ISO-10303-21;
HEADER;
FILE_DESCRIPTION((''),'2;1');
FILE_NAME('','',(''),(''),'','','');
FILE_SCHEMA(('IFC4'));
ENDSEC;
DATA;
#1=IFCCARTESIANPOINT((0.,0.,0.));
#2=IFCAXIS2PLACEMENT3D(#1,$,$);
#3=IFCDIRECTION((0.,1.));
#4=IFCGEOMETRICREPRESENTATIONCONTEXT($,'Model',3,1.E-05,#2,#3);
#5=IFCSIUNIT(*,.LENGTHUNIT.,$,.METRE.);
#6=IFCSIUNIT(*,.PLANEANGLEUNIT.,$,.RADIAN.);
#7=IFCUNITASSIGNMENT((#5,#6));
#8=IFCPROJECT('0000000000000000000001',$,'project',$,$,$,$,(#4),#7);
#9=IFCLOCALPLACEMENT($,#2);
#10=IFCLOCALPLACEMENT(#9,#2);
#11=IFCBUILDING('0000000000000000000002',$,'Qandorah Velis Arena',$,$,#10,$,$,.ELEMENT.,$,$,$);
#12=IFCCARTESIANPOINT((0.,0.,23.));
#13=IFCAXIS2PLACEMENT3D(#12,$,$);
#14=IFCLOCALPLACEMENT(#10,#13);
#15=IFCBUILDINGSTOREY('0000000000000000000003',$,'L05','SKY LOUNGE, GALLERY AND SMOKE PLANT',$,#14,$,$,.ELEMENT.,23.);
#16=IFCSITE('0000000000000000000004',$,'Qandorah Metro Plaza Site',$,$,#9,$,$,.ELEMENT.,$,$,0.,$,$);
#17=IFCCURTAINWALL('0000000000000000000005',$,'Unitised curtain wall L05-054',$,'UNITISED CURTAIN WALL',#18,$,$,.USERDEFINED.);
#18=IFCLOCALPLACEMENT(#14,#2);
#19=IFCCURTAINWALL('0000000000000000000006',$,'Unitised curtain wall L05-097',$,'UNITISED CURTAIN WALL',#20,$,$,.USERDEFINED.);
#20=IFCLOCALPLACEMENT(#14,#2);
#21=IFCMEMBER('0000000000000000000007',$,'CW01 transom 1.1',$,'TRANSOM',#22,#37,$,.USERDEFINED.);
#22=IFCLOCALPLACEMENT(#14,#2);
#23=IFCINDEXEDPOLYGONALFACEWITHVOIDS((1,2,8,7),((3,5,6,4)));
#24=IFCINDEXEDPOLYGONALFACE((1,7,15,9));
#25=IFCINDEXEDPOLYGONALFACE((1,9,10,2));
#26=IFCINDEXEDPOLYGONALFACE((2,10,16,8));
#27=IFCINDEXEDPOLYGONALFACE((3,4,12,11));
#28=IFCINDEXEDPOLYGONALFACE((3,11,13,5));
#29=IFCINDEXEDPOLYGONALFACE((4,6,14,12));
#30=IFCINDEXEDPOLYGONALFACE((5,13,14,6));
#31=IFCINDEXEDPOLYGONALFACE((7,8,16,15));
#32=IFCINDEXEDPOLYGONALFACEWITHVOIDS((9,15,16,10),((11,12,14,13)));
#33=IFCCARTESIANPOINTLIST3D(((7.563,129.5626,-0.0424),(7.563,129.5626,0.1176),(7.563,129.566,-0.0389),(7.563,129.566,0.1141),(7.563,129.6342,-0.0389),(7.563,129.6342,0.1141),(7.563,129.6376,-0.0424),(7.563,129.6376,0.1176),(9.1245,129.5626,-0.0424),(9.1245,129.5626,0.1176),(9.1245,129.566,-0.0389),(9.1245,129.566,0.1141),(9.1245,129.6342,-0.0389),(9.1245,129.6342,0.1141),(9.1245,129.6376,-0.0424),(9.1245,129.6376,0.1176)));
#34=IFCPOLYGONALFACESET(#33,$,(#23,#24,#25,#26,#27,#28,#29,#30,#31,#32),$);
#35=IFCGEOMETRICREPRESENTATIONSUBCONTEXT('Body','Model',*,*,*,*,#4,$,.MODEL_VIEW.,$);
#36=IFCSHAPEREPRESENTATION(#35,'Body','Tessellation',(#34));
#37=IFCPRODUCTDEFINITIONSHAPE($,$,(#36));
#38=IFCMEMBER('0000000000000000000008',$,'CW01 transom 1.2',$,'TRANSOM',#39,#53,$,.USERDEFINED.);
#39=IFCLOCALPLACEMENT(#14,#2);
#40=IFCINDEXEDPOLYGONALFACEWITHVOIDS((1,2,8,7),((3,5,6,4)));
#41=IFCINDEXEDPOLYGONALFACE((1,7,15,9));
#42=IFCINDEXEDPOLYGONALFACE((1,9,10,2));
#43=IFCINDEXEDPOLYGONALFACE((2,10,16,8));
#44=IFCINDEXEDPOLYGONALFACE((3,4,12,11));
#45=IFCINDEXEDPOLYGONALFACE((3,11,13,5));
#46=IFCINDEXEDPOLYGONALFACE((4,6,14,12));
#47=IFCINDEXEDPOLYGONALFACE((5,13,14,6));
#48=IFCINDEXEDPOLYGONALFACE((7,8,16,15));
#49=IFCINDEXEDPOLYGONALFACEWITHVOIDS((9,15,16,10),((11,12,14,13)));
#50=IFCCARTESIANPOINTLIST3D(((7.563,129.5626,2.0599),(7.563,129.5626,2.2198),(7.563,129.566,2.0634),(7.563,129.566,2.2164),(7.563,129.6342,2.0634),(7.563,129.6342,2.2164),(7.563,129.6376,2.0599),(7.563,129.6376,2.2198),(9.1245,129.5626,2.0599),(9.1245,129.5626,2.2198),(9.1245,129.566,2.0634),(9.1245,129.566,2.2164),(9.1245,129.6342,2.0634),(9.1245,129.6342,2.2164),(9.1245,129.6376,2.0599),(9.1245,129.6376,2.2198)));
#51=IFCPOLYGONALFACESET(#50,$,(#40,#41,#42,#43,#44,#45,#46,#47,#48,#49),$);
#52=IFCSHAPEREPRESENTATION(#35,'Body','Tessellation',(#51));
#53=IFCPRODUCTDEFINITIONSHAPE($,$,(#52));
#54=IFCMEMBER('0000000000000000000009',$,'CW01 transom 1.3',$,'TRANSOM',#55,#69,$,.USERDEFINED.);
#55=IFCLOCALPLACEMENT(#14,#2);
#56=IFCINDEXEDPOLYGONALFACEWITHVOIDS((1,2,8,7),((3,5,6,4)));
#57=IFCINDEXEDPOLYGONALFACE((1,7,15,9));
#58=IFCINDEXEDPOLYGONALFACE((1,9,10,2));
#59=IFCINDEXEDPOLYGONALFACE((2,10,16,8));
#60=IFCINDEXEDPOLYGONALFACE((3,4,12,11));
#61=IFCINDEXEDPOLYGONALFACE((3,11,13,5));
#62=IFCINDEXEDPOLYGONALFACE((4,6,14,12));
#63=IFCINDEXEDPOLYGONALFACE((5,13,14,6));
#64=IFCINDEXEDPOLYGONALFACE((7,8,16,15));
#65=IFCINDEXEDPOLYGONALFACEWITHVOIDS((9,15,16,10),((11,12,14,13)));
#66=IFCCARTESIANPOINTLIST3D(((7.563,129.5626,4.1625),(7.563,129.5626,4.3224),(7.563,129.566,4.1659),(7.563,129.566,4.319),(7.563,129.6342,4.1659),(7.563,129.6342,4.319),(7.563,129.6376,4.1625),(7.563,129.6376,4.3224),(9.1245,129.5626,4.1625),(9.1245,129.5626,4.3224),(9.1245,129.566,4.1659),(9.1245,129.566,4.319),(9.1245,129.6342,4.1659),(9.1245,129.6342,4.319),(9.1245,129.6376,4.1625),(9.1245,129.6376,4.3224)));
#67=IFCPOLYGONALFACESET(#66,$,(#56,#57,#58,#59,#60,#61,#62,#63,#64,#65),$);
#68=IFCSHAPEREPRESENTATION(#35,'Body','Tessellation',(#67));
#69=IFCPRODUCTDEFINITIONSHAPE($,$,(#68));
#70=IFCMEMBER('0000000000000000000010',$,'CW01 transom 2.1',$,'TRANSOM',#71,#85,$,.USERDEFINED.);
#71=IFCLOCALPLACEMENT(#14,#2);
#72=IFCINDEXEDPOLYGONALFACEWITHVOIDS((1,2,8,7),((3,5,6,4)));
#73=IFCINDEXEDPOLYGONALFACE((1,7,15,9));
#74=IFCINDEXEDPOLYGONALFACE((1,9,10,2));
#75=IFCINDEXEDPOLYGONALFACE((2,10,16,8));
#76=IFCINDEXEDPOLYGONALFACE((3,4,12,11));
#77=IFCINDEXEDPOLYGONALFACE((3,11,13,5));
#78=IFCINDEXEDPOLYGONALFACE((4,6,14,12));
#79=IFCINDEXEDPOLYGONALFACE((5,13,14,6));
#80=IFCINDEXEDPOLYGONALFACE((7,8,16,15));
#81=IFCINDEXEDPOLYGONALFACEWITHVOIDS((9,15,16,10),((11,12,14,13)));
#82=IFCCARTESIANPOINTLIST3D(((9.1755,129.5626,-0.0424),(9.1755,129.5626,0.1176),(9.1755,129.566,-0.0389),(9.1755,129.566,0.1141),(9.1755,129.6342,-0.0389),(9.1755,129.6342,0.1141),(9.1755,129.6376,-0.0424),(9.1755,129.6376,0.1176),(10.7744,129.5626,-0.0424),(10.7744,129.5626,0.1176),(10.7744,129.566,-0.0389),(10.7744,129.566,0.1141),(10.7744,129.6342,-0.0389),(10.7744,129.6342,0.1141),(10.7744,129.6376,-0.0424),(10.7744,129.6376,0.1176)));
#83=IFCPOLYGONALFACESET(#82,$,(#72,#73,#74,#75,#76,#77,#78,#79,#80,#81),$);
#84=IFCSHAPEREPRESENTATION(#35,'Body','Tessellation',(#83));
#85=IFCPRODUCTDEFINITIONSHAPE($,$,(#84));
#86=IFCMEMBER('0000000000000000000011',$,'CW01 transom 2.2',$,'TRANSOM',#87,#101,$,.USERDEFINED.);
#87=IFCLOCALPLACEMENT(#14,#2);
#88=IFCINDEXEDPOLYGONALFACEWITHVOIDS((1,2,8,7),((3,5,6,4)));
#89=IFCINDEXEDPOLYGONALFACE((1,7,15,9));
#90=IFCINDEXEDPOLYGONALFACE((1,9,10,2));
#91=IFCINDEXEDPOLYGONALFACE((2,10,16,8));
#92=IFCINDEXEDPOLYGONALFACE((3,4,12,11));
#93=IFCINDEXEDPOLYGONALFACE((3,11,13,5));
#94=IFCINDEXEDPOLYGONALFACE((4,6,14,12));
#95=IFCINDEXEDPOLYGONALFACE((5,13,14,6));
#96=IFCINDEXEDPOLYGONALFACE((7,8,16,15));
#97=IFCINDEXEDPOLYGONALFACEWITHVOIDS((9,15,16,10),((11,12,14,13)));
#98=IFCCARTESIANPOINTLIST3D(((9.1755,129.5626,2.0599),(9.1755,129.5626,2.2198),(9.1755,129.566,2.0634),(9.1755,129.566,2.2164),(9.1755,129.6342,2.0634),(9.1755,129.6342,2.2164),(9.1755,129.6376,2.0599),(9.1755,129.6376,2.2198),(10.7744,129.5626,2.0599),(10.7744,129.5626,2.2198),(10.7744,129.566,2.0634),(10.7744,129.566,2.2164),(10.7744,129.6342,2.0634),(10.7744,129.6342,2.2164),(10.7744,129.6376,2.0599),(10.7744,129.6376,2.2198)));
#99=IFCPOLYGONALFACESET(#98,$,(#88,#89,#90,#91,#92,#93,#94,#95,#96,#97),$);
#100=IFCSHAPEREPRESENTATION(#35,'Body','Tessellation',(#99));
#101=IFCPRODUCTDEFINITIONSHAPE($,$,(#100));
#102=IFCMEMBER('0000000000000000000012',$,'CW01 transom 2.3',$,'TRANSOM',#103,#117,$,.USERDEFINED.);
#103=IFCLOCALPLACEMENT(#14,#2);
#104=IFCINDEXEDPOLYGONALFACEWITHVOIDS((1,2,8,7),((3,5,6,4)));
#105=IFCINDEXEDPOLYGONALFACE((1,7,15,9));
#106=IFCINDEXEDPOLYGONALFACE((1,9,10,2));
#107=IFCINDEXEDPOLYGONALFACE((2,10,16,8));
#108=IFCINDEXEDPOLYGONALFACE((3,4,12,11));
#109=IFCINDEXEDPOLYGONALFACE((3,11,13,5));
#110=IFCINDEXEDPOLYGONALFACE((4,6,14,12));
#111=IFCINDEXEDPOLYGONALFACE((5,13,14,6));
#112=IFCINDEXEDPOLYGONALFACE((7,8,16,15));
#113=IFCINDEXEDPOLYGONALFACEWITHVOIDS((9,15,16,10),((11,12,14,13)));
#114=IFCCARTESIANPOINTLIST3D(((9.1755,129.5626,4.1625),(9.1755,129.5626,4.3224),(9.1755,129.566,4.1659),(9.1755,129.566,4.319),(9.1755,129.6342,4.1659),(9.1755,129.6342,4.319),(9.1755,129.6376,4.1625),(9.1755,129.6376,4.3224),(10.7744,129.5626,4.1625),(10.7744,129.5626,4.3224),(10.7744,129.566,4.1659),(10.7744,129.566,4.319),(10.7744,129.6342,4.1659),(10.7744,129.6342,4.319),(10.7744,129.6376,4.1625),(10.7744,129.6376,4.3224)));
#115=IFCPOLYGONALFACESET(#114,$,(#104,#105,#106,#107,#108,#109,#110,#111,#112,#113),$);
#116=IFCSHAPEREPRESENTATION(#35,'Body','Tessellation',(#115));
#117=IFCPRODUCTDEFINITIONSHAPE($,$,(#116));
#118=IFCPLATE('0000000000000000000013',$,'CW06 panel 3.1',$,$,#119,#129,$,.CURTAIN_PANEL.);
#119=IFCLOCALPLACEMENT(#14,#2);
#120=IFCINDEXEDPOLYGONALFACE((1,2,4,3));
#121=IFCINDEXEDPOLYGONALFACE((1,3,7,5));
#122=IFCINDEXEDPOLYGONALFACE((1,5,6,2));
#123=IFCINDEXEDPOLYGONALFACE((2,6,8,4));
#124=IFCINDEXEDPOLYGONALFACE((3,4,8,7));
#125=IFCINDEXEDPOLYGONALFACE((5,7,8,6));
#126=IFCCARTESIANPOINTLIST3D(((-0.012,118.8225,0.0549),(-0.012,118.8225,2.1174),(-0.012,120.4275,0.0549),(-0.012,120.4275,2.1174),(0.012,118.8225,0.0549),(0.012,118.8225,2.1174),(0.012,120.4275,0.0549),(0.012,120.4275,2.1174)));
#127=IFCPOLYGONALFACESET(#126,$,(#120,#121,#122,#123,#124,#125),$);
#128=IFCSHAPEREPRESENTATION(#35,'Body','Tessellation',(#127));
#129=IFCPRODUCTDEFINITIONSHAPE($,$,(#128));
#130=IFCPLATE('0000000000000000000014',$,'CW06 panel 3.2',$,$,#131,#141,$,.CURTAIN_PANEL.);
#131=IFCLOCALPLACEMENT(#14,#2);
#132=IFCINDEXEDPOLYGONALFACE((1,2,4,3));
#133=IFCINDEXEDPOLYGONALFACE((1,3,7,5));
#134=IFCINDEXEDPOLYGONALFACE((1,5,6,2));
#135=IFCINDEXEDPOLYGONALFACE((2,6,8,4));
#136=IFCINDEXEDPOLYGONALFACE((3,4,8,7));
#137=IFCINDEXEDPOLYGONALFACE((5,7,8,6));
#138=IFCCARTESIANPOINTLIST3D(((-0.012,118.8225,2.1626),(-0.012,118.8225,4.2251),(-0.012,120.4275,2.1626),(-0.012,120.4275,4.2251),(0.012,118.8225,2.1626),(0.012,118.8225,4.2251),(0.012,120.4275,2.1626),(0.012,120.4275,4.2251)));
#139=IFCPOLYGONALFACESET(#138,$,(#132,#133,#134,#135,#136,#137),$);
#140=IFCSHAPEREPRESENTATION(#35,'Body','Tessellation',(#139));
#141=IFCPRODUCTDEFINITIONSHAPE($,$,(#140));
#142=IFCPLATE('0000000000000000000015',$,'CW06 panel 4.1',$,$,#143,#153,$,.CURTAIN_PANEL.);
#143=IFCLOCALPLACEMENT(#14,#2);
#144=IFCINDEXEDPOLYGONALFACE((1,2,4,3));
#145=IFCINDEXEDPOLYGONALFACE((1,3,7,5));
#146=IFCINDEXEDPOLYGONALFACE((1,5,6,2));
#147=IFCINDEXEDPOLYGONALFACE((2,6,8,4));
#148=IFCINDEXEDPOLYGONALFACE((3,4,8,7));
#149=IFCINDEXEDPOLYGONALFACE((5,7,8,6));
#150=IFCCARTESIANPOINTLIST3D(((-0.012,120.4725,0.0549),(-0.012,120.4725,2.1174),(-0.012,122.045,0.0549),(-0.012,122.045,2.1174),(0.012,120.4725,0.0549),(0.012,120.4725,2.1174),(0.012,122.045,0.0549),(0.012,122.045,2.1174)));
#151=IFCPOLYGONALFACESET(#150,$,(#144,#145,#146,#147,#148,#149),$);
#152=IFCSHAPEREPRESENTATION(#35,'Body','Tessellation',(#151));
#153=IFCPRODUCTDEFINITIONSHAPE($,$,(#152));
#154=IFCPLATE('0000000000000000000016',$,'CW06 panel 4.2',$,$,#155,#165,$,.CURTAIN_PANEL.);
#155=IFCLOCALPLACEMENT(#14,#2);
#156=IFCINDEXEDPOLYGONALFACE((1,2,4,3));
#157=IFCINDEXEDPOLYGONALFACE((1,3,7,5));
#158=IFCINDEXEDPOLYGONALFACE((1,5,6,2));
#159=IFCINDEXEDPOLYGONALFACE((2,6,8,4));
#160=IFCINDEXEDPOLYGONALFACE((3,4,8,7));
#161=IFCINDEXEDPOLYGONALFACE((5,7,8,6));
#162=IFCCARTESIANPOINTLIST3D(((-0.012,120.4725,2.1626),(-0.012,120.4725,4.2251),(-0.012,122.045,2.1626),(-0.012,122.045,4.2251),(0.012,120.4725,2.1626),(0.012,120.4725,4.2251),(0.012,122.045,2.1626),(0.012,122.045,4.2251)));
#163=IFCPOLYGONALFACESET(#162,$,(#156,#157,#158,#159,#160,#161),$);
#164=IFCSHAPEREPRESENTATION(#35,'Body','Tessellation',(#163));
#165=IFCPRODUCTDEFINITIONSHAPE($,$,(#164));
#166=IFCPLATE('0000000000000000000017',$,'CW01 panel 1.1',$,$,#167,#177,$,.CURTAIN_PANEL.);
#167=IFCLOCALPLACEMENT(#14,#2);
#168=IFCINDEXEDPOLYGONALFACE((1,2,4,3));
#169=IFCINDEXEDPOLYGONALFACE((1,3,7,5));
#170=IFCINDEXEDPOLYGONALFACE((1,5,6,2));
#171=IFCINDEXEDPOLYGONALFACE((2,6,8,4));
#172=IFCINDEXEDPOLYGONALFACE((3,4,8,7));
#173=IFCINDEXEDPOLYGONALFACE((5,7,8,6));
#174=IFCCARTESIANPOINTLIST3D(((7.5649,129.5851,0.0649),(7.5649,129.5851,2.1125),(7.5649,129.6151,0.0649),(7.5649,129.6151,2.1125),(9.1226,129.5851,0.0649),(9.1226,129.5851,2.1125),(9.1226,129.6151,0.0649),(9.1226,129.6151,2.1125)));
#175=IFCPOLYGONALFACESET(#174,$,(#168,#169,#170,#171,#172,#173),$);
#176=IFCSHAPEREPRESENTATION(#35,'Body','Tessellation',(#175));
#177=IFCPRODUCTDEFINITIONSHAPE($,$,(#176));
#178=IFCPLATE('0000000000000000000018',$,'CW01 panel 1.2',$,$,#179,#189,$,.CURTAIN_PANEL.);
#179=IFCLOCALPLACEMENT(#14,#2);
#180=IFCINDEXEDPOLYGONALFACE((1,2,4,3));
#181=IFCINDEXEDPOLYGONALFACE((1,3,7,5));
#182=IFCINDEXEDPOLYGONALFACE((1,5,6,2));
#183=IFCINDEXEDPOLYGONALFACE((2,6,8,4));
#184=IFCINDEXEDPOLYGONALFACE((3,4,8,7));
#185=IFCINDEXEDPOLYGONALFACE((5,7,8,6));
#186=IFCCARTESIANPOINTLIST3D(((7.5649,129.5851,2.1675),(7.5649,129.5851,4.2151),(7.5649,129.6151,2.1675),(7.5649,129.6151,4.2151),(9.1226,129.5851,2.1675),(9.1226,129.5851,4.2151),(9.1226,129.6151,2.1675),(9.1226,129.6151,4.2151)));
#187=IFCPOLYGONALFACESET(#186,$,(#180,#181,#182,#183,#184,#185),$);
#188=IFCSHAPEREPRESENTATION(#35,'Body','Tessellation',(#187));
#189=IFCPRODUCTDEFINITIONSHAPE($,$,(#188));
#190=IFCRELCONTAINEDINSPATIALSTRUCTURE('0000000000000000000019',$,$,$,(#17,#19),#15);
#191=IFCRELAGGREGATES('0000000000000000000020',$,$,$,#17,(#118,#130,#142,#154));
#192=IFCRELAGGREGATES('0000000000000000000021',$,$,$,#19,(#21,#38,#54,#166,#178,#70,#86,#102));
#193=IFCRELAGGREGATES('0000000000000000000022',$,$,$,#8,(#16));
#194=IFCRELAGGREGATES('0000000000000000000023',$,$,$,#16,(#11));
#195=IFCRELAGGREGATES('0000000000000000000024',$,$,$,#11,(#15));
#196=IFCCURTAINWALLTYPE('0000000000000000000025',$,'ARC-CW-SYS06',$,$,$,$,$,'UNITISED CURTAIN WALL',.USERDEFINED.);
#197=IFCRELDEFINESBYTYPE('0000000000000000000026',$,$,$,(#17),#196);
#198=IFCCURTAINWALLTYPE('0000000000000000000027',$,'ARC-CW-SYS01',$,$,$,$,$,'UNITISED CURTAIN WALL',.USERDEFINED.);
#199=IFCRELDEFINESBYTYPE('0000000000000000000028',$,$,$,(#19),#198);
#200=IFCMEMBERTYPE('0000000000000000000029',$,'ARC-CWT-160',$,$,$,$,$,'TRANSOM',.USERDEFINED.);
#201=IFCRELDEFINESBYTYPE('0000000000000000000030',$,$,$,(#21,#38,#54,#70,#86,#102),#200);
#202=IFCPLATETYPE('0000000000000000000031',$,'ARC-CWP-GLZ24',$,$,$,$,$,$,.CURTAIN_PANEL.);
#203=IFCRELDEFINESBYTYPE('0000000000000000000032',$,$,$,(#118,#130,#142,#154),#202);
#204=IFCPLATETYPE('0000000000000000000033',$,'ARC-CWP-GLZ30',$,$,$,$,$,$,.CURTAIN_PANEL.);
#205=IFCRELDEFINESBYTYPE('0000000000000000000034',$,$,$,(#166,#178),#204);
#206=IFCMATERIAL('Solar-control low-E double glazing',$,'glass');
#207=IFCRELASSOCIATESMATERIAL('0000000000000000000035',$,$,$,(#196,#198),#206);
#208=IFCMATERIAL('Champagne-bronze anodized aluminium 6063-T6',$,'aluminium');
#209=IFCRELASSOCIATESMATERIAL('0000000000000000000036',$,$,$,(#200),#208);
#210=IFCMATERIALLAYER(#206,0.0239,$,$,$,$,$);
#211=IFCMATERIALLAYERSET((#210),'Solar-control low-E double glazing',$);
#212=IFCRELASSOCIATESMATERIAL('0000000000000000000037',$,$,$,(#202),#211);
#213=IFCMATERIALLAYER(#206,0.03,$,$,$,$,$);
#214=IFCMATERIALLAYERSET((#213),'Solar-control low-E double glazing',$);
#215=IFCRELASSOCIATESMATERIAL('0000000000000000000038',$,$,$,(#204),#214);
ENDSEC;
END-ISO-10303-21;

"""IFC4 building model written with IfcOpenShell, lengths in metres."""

from ifc_helpers import new_model, si_unit, direction, frame, origin, origin_2d, place, context, subcontext, project, spatial, rectangle, hollow_rectangle, extrude, material, layer, layer_set, material_profile, profile_set, type_object, element, aggregate, save


model = new_model("IFC4")

# Units and contexts
model_context = context("Model", 3, precision=1e-05, world=origin(), true_north=direction((0.0, 1.0)))
body_context = subcontext(model_context, "Body", "Model", "MODEL_VIEW")
ifc_project = project(units=[si_unit("LENGTHUNIT", "METRE"), si_unit("PLANEANGLEUNIT", "RADIAN")], contexts=[model_context])

# Site, building, storey
site_placement = place(None, origin())
site = spatial("IfcSite", under=ifc_project, at=site_placement, Name="Qandorah Metro Plaza Site", CompositionType="ELEMENT", RefElevation=0.0)
building_placement = place(site_placement, origin())
building = spatial("IfcBuilding", under=site, at=building_placement, Name="Qandorah Velis Arena", CompositionType="ELEMENT")
storey_placement = place(building_placement, frame((0.0, 0.0, 23.0)))
storey = spatial("IfcBuildingStorey", under=building, at=storey_placement, Name="L05", Description="SKY LOUNGE, GALLERY AND SMOKE PLANT", CompositionType="ELEMENT", Elevation=23.0)

# Curtain walls
ifc_material_1 = material(Name="Solar-control low-E double glazing", Category="glass")
curtain_wall_type_1 = type_object("IfcCurtainWallType", Name="ARC-CW-SYS06", ElementType="UNITISED CURTAIN WALL", PredefinedType="USERDEFINED", material=ifc_material_1)
curtain_wall_1_placement = place(storey_placement, origin())
curtain_wall_1 = element("IfcCurtainWall", 1, at=curtain_wall_1_placement, inside=storey, type_object=curtain_wall_type_1, Name="Unitised curtain wall L05-054", ObjectType="UNITISED CURTAIN WALL", PredefinedType="USERDEFINED")
ifc_material_2 = material(Name="Champagne-bronze anodized aluminium 6063-T6", Category="aluminium")
curtain_wall_type_2 = type_object("IfcCurtainWallType", Name="ARC-CW-SYS01", ElementType="UNITISED CURTAIN WALL", PredefinedType="USERDEFINED", material=ifc_material_1)
curtain_wall_2_placement = place(storey_placement, origin())
curtain_wall_2 = element("IfcCurtainWall", 2, at=curtain_wall_2_placement, inside=storey, type_object=curtain_wall_type_2, Name="Unitised curtain wall L05-097", ObjectType="UNITISED CURTAIN WALL", PredefinedType="USERDEFINED")

# Members
ifc_material_profile_1 = material_profile(ifc_material_2, hollow_rectangle(XDim=0.075, YDim=0.1599, WallThickness=0.0034, at=origin_2d()), Name="ALU TRANSOM 75x160")
ifc_profile_set_1 = profile_set([ifc_material_profile_1], Name="Champagne-bronze anodized aluminium 6063-T6")
member_type_1 = type_object("IfcMemberType", Name="ARC-CWT-160", ElementType="TRANSOM", PredefinedType="USERDEFINED", material=ifc_profile_set_1)
member_1_placement = place(storey_placement, frame((7.563, 129.6001, 0.0376), z_axis=(1.0, 0.0, 0.0), x_axis=(0.0, 1.0, 0.0)))
member_1 = element("IfcMember", 3, at=member_1_placement, type_object=member_type_1, Name="CW01 transom 1.1", ObjectType="TRANSOM", PredefinedType="USERDEFINED", context=body_context, shape_type="SweptSolid", body=[
    extrude(hollow_rectangle(XDim=0.075, YDim=0.1599, WallThickness=0.0034, at=origin_2d()), origin(), (0.0, 0.0, 1.0), 1.5615),
])
member_2_placement = place(storey_placement, frame((7.563, 129.6001, 2.1399), z_axis=(1.0, 0.0, 0.0), x_axis=(0.0, 1.0, 0.0)))
member_2 = element("IfcMember", 4, at=member_2_placement, type_object=member_type_1, Name="CW01 transom 1.2", ObjectType="TRANSOM", PredefinedType="USERDEFINED", context=body_context, shape_type="SweptSolid", body=[
    extrude(hollow_rectangle(XDim=0.075, YDim=0.1599, WallThickness=0.0034, at=origin_2d()), origin(), (0.0, 0.0, 1.0), 1.5615),
])
member_3_placement = place(storey_placement, frame((7.563, 129.6001, 4.2424), z_axis=(1.0, 0.0, 0.0), x_axis=(0.0, 1.0, 0.0)))
member_3 = element("IfcMember", 5, at=member_3_placement, type_object=member_type_1, Name="CW01 transom 1.3", ObjectType="TRANSOM", PredefinedType="USERDEFINED", context=body_context, shape_type="SweptSolid", body=[
    extrude(hollow_rectangle(XDim=0.075, YDim=0.1599, WallThickness=0.0034, at=origin_2d()), origin(), (0.0, 0.0, 1.0), 1.5615),
])
member_4_placement = place(storey_placement, frame((9.1755, 129.6001, 0.0376), z_axis=(1.0, 0.0, 0.0), x_axis=(0.0, 1.0, 0.0)))
member_4 = element("IfcMember", 6, at=member_4_placement, type_object=member_type_1, Name="CW01 transom 2.1", ObjectType="TRANSOM", PredefinedType="USERDEFINED", context=body_context, shape_type="SweptSolid", body=[
    extrude(hollow_rectangle(XDim=0.075, YDim=0.1599, WallThickness=0.0034, at=origin_2d()), origin(), (0.0, 0.0, 1.0), 1.5989),
])
member_5_placement = place(storey_placement, frame((9.1755, 129.6001, 2.1399), z_axis=(1.0, 0.0, 0.0), x_axis=(0.0, 1.0, 0.0)))
member_5 = element("IfcMember", 7, at=member_5_placement, type_object=member_type_1, Name="CW01 transom 2.2", ObjectType="TRANSOM", PredefinedType="USERDEFINED", context=body_context, shape_type="SweptSolid", body=[
    extrude(hollow_rectangle(XDim=0.075, YDim=0.1599, WallThickness=0.0034, at=origin_2d()), origin(), (0.0, 0.0, 1.0), 1.5989),
])
member_6_placement = place(storey_placement, frame((9.1755, 129.6001, 4.2424), z_axis=(1.0, 0.0, 0.0), x_axis=(0.0, 1.0, 0.0)))
member_6 = element("IfcMember", 8, at=member_6_placement, type_object=member_type_1, Name="CW01 transom 2.3", ObjectType="TRANSOM", PredefinedType="USERDEFINED", context=body_context, shape_type="SweptSolid", body=[
    extrude(hollow_rectangle(XDim=0.075, YDim=0.1599, WallThickness=0.0034, at=origin_2d()), origin(), (0.0, 0.0, 1.0), 1.5989),
])

# Plates
ifc_layer_1 = layer(ifc_material_1, 0.0239)
ifc_layer_set_1 = layer_set([ifc_layer_1], Name="Solar-control low-E double glazing")
plate_type_1 = type_object("IfcPlateType", Name="ARC-CWP-GLZ24", PredefinedType="CURTAIN_PANEL", material=ifc_layer_set_1)
plate_1_placement = place(storey_placement, frame((0.0, 119.625, 0.0549), z_axis=(0.0, 0.0, 1.0), x_axis=(0.0, 1.0, 0.0)))
plate_1 = element("IfcPlate", 9, at=plate_1_placement, type_object=plate_type_1, Name="CW06 panel 3.1", PredefinedType="CURTAIN_PANEL", context=body_context, shape_type="SweptSolid", body=[
    extrude(rectangle(XDim=1.605, YDim=0.0239, at=origin_2d()), origin(), (0.0, 0.0, 1.0), 2.0625),
])
plate_2_placement = place(storey_placement, frame((0.0, 119.625, 2.1626), z_axis=(0.0, 0.0, 1.0), x_axis=(0.0, 1.0, 0.0)))
plate_2 = element("IfcPlate", 10, at=plate_2_placement, type_object=plate_type_1, Name="CW06 panel 3.2", PredefinedType="CURTAIN_PANEL", context=body_context, shape_type="SweptSolid", body=[
    extrude(rectangle(XDim=1.605, YDim=0.0239, at=origin_2d()), origin(), (0.0, 0.0, 1.0), 2.0625),
])
plate_3_placement = place(storey_placement, frame((0.0, 121.2588, 0.0549), z_axis=(0.0, 0.0, 1.0), x_axis=(0.0, 1.0, 0.0)))
plate_3 = element("IfcPlate", 11, at=plate_3_placement, type_object=plate_type_1, Name="CW06 panel 4.1", PredefinedType="CURTAIN_PANEL", context=body_context, shape_type="SweptSolid", body=[
    extrude(rectangle(XDim=1.5725, YDim=0.0239, at=origin_2d()), origin(), (0.0, 0.0, 1.0), 2.0625),
])
plate_4_placement = place(storey_placement, frame((0.0, 121.2588, 2.1626), z_axis=(0.0, 0.0, 1.0), x_axis=(0.0, 1.0, 0.0)))
plate_4 = element("IfcPlate", 12, at=plate_4_placement, type_object=plate_type_1, Name="CW06 panel 4.2", PredefinedType="CURTAIN_PANEL", context=body_context, shape_type="SweptSolid", body=[
    extrude(rectangle(XDim=1.5725, YDim=0.0239, at=origin_2d()), origin(), (0.0, 0.0, 1.0), 2.0625),
])
aggregate(curtain_wall_1, [plate_1, plate_2, plate_3, plate_4])
ifc_layer_2 = layer(ifc_material_1, 0.03)
ifc_layer_set_2 = layer_set([ifc_layer_2], Name="Solar-control low-E double glazing")
plate_type_2 = type_object("IfcPlateType", Name="ARC-CWP-GLZ30", PredefinedType="CURTAIN_PANEL", material=ifc_layer_set_2)
plate_5_placement = place(storey_placement, frame((8.3438, 129.6001, 0.0649), z_axis=(0.0, 0.0, 1.0), x_axis=(1.0, 0.0, 0.0)))
plate_5 = element("IfcPlate", 13, at=plate_5_placement, type_object=plate_type_2, Name="CW01 panel 1.1", PredefinedType="CURTAIN_PANEL", context=body_context, shape_type="SweptSolid", body=[
    extrude(rectangle(XDim=1.5576, YDim=0.03, at=origin_2d()), origin(), (0.0, 0.0, 1.0), 2.0476),
])
plate_6_placement = place(storey_placement, frame((8.3438, 129.6001, 2.1675), z_axis=(0.0, 0.0, 1.0), x_axis=(1.0, 0.0, 0.0)))
plate_6 = element("IfcPlate", 14, at=plate_6_placement, type_object=plate_type_2, Name="CW01 panel 1.2", PredefinedType="CURTAIN_PANEL", context=body_context, shape_type="SweptSolid", body=[
    extrude(rectangle(XDim=1.5576, YDim=0.03, at=origin_2d()), origin(), (0.0, 0.0, 1.0), 2.0476),
])
aggregate(curtain_wall_2, [member_1, member_2, member_3, plate_5, plate_6, member_4, member_5, member_6])

save(model, "model.ifc")
